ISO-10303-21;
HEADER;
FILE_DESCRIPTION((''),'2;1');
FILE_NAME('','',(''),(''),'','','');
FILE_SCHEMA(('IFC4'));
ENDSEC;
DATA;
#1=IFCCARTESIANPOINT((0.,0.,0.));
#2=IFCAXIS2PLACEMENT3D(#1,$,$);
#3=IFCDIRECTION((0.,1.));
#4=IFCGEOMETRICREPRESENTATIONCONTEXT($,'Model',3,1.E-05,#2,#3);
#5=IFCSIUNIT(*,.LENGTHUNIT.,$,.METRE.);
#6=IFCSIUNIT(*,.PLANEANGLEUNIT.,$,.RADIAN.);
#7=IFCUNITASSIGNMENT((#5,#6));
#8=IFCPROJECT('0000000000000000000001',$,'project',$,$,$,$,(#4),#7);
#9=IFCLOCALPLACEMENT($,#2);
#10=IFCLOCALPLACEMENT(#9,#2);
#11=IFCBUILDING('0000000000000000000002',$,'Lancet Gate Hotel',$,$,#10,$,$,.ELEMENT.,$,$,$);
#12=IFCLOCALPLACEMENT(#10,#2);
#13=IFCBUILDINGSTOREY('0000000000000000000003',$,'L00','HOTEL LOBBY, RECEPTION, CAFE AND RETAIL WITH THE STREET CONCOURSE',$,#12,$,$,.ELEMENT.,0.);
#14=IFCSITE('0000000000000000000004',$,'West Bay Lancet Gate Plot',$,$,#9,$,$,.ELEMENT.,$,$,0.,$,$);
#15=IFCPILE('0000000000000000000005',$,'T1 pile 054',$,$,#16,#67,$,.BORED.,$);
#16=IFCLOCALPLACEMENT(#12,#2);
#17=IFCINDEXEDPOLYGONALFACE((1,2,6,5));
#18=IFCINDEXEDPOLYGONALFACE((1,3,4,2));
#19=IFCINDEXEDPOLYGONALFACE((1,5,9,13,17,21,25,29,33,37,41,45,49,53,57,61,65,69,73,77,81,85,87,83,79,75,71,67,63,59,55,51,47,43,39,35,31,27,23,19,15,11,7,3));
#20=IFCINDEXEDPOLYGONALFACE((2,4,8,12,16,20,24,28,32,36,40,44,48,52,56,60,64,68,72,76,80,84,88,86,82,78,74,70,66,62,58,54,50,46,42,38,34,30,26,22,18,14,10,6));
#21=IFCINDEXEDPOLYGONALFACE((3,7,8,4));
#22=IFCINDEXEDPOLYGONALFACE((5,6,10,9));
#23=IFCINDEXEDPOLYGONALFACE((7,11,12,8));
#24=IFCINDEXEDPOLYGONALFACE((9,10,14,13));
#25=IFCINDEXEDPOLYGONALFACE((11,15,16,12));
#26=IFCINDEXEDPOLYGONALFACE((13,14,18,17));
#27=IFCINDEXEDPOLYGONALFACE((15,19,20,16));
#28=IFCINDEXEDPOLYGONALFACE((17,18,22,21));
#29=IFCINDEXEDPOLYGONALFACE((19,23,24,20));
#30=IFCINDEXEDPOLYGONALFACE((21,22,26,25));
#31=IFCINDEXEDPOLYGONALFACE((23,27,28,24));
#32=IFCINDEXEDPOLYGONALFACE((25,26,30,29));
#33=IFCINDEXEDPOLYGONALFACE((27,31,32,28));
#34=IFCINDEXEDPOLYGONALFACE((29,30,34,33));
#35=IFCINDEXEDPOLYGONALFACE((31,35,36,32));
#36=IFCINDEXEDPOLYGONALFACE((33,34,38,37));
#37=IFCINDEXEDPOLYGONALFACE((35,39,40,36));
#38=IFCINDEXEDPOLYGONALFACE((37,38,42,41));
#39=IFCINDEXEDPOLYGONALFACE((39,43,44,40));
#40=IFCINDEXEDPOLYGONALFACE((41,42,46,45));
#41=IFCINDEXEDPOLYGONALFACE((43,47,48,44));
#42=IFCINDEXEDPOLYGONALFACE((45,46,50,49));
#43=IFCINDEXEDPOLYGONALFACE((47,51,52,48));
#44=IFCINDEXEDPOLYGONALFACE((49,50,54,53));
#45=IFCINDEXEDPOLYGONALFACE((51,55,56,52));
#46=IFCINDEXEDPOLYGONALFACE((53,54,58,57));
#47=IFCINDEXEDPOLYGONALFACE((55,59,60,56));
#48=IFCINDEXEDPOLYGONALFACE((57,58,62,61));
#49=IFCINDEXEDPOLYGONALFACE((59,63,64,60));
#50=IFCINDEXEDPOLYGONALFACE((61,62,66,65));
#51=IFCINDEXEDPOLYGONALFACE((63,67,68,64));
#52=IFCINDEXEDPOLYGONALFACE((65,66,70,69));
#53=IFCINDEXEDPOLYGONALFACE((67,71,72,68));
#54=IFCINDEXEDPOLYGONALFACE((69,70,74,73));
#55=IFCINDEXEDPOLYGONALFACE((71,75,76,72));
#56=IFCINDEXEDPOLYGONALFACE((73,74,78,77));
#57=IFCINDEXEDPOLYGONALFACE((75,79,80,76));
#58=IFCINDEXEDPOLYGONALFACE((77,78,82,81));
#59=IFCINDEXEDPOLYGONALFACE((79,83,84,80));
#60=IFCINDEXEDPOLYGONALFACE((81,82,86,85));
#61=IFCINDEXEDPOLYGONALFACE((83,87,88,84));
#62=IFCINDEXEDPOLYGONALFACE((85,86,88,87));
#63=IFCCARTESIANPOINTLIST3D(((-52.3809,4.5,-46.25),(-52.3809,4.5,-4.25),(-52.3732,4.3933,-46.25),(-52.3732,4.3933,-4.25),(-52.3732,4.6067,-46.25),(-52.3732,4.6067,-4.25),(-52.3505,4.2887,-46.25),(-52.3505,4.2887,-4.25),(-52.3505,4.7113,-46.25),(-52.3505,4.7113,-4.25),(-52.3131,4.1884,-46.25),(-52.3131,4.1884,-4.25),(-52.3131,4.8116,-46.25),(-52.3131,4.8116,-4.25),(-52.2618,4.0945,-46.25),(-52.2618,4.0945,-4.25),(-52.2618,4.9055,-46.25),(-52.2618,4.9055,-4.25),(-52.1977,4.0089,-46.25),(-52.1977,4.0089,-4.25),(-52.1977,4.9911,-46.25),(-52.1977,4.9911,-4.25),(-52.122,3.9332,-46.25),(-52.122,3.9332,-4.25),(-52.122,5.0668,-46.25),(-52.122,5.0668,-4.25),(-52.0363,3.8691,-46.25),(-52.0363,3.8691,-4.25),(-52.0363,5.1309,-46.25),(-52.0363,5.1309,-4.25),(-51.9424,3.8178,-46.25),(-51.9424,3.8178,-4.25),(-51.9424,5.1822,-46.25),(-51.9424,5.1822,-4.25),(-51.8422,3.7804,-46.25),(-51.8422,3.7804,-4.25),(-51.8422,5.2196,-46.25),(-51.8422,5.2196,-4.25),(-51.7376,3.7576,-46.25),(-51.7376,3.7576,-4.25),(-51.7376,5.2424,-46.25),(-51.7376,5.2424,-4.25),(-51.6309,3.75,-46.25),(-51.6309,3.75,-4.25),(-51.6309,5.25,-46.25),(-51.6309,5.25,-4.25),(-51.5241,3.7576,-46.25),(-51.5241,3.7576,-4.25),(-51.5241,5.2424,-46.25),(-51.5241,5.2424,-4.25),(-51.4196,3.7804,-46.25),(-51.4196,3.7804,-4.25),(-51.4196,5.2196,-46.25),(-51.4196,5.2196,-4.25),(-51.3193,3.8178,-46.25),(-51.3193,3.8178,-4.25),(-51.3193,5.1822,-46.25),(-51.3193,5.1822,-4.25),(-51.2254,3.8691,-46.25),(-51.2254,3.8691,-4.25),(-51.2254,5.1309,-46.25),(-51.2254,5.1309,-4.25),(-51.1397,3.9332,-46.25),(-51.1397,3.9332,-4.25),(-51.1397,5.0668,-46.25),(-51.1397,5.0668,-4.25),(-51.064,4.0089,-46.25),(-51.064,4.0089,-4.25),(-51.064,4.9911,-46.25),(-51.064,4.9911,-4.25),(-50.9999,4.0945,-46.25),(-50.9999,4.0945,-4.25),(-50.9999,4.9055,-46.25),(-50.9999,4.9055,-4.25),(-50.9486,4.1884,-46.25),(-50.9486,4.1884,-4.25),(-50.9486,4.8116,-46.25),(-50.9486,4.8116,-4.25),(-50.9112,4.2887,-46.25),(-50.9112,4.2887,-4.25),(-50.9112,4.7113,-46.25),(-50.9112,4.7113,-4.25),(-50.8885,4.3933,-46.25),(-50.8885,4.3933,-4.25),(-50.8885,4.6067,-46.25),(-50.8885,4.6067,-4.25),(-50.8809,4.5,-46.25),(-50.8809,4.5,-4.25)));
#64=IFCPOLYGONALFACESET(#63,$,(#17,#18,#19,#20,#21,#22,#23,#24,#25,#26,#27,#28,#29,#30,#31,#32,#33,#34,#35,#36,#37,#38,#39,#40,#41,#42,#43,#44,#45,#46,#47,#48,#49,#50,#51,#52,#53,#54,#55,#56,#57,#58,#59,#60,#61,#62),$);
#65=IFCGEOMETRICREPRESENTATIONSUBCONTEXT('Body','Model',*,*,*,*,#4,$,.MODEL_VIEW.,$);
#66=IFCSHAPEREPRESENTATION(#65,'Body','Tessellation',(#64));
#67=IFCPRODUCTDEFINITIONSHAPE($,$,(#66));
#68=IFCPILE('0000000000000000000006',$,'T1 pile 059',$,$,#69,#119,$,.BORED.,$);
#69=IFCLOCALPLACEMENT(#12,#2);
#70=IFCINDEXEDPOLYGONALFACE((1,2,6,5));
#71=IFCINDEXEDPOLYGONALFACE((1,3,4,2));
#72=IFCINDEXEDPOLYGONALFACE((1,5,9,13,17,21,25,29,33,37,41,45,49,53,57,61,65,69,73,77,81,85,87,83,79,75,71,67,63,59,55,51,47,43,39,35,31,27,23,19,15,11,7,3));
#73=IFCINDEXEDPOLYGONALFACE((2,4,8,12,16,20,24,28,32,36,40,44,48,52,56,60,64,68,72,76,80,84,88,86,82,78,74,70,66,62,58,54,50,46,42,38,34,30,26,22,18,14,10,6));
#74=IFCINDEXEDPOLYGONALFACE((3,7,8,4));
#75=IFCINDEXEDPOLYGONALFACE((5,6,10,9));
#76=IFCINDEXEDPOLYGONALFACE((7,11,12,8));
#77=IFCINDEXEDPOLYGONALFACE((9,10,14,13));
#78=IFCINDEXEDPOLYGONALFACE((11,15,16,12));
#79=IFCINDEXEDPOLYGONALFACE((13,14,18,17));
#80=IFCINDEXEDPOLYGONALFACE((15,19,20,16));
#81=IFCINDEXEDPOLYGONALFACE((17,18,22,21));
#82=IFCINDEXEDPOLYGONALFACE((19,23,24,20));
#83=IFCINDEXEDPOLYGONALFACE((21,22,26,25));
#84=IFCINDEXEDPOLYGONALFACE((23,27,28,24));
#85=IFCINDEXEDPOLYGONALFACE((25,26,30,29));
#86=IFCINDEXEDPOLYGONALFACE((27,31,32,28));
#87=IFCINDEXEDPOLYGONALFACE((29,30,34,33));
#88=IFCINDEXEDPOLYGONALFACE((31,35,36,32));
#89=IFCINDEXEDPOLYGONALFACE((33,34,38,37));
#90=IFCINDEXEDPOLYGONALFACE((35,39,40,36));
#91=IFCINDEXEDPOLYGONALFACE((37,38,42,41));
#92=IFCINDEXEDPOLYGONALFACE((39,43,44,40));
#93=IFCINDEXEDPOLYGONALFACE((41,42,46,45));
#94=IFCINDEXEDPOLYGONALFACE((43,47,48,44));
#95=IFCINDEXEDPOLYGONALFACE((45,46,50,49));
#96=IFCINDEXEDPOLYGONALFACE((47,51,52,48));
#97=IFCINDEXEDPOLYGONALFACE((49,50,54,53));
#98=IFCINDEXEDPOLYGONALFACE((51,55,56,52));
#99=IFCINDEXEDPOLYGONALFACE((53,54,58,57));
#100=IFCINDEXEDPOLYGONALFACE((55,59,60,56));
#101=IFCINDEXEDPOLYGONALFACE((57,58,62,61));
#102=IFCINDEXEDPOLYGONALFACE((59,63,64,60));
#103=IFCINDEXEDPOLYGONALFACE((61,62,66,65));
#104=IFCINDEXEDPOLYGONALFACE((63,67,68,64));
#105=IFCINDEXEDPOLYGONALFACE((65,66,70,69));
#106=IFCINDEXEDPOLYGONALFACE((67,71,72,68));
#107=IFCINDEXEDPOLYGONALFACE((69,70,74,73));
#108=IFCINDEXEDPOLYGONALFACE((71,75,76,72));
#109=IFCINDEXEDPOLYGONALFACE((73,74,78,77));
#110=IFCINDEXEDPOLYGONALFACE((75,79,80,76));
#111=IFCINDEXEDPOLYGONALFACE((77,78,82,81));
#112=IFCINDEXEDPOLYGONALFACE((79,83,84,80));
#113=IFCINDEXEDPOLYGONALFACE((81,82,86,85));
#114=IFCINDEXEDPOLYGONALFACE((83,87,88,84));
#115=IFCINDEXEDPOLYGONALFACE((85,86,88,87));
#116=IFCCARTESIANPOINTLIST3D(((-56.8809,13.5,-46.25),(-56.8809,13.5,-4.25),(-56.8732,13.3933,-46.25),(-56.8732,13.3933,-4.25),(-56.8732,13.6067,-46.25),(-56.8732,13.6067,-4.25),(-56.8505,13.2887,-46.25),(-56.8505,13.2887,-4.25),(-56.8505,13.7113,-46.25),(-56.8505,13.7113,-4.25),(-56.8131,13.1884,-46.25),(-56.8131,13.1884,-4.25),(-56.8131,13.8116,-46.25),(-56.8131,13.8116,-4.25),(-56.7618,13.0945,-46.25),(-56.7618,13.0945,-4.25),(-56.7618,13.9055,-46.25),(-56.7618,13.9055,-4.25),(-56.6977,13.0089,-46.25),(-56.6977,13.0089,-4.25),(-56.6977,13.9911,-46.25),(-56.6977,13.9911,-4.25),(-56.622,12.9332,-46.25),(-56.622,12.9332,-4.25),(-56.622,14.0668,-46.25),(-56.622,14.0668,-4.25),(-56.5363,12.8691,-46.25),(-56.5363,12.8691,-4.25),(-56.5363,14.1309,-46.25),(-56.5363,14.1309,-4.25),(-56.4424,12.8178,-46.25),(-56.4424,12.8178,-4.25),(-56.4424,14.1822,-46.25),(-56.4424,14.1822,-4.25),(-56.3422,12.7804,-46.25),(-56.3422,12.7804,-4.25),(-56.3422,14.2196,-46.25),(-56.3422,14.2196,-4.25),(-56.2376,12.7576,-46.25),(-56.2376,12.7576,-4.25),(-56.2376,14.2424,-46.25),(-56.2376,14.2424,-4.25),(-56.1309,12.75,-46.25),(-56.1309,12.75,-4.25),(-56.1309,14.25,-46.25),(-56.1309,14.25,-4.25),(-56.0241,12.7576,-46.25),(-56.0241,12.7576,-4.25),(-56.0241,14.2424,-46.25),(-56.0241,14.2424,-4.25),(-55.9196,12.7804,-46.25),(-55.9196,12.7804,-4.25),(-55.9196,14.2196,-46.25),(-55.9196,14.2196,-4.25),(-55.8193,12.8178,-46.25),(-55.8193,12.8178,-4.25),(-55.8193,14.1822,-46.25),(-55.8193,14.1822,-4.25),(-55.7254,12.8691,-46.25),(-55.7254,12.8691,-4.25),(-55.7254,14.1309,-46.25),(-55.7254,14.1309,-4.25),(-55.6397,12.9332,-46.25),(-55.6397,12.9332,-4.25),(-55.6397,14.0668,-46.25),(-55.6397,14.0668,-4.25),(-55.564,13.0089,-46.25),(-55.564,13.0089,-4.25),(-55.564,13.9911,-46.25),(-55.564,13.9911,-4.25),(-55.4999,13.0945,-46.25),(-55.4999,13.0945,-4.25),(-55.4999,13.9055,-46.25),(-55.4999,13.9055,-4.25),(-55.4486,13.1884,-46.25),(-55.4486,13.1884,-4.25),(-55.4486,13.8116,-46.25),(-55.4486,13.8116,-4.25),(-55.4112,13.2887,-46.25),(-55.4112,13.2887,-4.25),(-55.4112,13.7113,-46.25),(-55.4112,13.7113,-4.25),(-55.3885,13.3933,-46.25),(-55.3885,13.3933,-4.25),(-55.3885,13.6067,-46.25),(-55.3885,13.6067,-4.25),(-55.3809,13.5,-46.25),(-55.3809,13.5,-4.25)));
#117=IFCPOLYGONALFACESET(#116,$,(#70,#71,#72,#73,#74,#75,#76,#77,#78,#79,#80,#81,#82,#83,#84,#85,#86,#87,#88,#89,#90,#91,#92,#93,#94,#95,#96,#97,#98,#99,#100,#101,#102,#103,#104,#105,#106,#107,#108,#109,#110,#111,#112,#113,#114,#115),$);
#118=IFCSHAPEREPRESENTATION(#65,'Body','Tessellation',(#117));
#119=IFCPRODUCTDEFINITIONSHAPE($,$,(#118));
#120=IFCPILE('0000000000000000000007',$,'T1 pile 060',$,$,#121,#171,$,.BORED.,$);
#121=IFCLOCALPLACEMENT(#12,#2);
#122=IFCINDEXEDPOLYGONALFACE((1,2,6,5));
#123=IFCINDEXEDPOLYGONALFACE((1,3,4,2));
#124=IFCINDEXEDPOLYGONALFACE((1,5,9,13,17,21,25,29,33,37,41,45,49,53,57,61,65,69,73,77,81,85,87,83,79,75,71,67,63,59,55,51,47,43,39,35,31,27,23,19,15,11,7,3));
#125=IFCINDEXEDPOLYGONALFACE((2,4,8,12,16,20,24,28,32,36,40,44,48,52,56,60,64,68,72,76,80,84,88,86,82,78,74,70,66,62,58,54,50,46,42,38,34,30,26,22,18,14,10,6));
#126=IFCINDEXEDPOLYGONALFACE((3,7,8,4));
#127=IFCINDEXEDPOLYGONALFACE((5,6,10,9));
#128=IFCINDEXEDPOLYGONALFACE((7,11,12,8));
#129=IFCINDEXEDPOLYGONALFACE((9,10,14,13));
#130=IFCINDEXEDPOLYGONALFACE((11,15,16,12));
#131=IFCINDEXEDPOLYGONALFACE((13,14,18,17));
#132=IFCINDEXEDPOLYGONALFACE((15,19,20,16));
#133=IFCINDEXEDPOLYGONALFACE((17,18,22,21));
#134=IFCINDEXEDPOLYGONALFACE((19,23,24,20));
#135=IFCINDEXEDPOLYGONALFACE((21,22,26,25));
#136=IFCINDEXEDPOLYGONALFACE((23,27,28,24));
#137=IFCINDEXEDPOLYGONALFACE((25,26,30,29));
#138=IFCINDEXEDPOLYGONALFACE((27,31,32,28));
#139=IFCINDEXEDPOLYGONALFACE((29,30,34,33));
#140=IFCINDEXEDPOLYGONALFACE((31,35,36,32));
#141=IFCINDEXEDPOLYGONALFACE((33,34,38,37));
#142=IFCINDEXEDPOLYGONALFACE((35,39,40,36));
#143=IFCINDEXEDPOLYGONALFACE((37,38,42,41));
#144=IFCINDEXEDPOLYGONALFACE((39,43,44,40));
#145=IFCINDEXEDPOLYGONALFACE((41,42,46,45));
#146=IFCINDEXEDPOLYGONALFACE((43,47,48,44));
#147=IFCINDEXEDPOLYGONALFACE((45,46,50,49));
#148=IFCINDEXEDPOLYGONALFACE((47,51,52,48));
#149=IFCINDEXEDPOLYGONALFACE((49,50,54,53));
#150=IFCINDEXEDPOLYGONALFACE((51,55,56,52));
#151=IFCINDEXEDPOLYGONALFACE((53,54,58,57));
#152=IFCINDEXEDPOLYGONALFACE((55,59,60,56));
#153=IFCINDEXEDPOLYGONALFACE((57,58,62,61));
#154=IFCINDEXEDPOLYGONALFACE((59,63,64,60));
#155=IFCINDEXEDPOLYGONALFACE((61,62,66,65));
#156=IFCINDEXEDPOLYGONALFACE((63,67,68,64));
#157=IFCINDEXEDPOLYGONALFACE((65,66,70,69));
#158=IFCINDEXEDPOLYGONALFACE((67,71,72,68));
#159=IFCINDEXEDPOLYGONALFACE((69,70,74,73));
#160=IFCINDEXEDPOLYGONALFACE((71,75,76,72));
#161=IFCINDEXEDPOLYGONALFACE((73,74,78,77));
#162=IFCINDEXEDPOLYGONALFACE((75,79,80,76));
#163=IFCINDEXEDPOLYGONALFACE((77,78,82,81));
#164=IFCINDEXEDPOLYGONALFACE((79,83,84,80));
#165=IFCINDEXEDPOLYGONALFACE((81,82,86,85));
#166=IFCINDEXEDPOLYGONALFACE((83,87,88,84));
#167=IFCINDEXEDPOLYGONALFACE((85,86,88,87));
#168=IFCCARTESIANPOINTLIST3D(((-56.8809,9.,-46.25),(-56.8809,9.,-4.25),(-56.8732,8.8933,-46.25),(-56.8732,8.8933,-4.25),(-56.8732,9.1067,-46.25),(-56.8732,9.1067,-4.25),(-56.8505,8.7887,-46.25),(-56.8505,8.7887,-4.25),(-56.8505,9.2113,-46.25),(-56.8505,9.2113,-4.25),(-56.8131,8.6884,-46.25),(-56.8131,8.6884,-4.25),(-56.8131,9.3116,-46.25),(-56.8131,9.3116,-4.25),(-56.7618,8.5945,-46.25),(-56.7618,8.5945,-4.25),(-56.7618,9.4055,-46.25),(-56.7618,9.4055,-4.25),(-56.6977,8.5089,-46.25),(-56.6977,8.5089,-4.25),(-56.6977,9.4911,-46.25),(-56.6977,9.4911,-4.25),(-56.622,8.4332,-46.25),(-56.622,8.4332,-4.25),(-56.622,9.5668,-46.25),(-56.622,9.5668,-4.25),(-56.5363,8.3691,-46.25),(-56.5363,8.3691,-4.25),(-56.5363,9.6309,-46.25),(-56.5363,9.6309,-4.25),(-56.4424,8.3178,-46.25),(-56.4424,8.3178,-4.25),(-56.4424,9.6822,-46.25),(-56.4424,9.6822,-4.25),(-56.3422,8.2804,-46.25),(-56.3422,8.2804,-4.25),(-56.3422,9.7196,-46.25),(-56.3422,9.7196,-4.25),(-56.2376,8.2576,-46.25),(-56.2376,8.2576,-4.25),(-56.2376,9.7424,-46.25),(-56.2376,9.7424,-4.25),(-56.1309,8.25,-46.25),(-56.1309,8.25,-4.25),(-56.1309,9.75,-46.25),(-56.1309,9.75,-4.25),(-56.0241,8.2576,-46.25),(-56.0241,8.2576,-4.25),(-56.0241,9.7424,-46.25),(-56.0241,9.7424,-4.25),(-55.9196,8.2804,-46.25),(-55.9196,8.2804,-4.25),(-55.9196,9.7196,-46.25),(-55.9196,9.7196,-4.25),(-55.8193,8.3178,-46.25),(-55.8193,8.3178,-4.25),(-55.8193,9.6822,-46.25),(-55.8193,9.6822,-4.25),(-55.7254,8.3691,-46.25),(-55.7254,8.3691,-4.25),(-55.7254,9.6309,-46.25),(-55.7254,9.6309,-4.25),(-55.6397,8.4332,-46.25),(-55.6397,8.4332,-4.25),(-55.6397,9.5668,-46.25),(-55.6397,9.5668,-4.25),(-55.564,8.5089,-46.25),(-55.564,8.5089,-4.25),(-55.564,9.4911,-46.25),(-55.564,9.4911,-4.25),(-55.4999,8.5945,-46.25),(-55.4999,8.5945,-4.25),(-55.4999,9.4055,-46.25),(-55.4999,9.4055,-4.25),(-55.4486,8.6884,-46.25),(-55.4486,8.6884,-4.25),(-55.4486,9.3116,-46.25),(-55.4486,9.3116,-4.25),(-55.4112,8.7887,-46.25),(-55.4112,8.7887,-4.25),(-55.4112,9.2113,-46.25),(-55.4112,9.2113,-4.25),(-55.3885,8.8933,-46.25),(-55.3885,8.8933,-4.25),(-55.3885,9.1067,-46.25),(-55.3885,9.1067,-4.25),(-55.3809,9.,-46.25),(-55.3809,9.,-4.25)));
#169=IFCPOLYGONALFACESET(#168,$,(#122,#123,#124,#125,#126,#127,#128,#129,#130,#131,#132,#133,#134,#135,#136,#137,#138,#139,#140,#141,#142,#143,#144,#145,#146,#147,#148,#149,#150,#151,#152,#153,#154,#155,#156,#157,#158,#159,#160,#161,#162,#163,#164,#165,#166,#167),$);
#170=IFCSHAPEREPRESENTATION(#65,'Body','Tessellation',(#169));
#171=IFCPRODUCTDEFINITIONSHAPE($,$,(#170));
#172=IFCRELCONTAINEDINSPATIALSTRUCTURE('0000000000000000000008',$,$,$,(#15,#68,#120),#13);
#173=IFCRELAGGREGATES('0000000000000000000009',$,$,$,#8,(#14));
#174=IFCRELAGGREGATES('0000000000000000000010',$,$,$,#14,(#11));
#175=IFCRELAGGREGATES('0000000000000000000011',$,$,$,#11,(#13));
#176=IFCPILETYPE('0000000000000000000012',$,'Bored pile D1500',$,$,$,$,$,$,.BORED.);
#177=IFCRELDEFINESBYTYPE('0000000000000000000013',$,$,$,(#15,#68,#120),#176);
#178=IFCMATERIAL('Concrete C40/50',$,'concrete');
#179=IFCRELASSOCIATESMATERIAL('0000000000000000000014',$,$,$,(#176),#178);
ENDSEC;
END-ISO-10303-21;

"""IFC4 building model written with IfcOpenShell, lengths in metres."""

from ifc_helpers import new_model, si_unit, direction, frame, origin, origin_2d, place, context, subcontext, project, spatial, circle, extrude, material, material_profile, profile_set, type_object, element, save


model = new_model("IFC4")

# Units and contexts
model_context = context("Model", 3, precision=1e-05, world=origin(), true_north=direction((0.0, 1.0)))
body_context = subcontext(model_context, "Body", "Model", "MODEL_VIEW")
ifc_project = project(units=[si_unit("LENGTHUNIT", "METRE"), si_unit("PLANEANGLEUNIT", "RADIAN")], contexts=[model_context])

# Site, building, storey
site_placement = place(None, origin())
site = spatial("IfcSite", under=ifc_project, at=site_placement, Name="West Bay Lancet Gate Plot", CompositionType="ELEMENT", RefElevation=0.0)
building_placement = place(site_placement, origin())
building = spatial("IfcBuilding", under=site, at=building_placement, Name="Lancet Gate Hotel", CompositionType="ELEMENT")
storey_placement = place(building_placement, origin())
storey = spatial("IfcBuildingStorey", under=building, at=storey_placement, Name="L00", Description="HOTEL LOBBY, RECEPTION, CAFE AND RETAIL WITH THE STREET CONCOURSE", CompositionType="ELEMENT", Elevation=0.0)

# Piles
ifc_material_1 = material(Name="Concrete C40/50", Category="concrete")
ifc_material_profile_1 = material_profile(ifc_material_1, circle(Radius=0.75, at=origin_2d()), Name="PILE D1500")
ifc_profile_set_1 = profile_set([ifc_material_profile_1], Name="Concrete C40/50")
pile_type = type_object("IfcPileType", Name="Bored pile D1500", PredefinedType="BORED", material=ifc_profile_set_1)
for number, where, z_axis, x_axis, name in (
    (1, (-51.6309, 4.5, -4.25), (0.0, 0.0, -1.0), (1.0, 0.0, 0.0), "T1 pile 054"),
    (2, (-56.1309, 13.5, -4.25), (0.0, 0.0, -1.0), (1.0, 0.0, 0.0), "T1 pile 059"),
    (3, (-56.1309, 9.0, -4.25), (0.0, 0.0, -1.0), (1.0, 0.0, 0.0), "T1 pile 060"),
):
    element("IfcPile", number, at=place(storey_placement, frame(where, z_axis=z_axis, x_axis=x_axis)), inside=storey, type_object=pile_type, Name=name, PredefinedType="BORED", context=body_context, shape_type="SweptSolid", body=[
        extrude(circle(Radius=0.75, at=origin_2d()), origin(), (0.0, 0.0, 1.0), 42.0),
    ])

save(model, "model.ifc")
